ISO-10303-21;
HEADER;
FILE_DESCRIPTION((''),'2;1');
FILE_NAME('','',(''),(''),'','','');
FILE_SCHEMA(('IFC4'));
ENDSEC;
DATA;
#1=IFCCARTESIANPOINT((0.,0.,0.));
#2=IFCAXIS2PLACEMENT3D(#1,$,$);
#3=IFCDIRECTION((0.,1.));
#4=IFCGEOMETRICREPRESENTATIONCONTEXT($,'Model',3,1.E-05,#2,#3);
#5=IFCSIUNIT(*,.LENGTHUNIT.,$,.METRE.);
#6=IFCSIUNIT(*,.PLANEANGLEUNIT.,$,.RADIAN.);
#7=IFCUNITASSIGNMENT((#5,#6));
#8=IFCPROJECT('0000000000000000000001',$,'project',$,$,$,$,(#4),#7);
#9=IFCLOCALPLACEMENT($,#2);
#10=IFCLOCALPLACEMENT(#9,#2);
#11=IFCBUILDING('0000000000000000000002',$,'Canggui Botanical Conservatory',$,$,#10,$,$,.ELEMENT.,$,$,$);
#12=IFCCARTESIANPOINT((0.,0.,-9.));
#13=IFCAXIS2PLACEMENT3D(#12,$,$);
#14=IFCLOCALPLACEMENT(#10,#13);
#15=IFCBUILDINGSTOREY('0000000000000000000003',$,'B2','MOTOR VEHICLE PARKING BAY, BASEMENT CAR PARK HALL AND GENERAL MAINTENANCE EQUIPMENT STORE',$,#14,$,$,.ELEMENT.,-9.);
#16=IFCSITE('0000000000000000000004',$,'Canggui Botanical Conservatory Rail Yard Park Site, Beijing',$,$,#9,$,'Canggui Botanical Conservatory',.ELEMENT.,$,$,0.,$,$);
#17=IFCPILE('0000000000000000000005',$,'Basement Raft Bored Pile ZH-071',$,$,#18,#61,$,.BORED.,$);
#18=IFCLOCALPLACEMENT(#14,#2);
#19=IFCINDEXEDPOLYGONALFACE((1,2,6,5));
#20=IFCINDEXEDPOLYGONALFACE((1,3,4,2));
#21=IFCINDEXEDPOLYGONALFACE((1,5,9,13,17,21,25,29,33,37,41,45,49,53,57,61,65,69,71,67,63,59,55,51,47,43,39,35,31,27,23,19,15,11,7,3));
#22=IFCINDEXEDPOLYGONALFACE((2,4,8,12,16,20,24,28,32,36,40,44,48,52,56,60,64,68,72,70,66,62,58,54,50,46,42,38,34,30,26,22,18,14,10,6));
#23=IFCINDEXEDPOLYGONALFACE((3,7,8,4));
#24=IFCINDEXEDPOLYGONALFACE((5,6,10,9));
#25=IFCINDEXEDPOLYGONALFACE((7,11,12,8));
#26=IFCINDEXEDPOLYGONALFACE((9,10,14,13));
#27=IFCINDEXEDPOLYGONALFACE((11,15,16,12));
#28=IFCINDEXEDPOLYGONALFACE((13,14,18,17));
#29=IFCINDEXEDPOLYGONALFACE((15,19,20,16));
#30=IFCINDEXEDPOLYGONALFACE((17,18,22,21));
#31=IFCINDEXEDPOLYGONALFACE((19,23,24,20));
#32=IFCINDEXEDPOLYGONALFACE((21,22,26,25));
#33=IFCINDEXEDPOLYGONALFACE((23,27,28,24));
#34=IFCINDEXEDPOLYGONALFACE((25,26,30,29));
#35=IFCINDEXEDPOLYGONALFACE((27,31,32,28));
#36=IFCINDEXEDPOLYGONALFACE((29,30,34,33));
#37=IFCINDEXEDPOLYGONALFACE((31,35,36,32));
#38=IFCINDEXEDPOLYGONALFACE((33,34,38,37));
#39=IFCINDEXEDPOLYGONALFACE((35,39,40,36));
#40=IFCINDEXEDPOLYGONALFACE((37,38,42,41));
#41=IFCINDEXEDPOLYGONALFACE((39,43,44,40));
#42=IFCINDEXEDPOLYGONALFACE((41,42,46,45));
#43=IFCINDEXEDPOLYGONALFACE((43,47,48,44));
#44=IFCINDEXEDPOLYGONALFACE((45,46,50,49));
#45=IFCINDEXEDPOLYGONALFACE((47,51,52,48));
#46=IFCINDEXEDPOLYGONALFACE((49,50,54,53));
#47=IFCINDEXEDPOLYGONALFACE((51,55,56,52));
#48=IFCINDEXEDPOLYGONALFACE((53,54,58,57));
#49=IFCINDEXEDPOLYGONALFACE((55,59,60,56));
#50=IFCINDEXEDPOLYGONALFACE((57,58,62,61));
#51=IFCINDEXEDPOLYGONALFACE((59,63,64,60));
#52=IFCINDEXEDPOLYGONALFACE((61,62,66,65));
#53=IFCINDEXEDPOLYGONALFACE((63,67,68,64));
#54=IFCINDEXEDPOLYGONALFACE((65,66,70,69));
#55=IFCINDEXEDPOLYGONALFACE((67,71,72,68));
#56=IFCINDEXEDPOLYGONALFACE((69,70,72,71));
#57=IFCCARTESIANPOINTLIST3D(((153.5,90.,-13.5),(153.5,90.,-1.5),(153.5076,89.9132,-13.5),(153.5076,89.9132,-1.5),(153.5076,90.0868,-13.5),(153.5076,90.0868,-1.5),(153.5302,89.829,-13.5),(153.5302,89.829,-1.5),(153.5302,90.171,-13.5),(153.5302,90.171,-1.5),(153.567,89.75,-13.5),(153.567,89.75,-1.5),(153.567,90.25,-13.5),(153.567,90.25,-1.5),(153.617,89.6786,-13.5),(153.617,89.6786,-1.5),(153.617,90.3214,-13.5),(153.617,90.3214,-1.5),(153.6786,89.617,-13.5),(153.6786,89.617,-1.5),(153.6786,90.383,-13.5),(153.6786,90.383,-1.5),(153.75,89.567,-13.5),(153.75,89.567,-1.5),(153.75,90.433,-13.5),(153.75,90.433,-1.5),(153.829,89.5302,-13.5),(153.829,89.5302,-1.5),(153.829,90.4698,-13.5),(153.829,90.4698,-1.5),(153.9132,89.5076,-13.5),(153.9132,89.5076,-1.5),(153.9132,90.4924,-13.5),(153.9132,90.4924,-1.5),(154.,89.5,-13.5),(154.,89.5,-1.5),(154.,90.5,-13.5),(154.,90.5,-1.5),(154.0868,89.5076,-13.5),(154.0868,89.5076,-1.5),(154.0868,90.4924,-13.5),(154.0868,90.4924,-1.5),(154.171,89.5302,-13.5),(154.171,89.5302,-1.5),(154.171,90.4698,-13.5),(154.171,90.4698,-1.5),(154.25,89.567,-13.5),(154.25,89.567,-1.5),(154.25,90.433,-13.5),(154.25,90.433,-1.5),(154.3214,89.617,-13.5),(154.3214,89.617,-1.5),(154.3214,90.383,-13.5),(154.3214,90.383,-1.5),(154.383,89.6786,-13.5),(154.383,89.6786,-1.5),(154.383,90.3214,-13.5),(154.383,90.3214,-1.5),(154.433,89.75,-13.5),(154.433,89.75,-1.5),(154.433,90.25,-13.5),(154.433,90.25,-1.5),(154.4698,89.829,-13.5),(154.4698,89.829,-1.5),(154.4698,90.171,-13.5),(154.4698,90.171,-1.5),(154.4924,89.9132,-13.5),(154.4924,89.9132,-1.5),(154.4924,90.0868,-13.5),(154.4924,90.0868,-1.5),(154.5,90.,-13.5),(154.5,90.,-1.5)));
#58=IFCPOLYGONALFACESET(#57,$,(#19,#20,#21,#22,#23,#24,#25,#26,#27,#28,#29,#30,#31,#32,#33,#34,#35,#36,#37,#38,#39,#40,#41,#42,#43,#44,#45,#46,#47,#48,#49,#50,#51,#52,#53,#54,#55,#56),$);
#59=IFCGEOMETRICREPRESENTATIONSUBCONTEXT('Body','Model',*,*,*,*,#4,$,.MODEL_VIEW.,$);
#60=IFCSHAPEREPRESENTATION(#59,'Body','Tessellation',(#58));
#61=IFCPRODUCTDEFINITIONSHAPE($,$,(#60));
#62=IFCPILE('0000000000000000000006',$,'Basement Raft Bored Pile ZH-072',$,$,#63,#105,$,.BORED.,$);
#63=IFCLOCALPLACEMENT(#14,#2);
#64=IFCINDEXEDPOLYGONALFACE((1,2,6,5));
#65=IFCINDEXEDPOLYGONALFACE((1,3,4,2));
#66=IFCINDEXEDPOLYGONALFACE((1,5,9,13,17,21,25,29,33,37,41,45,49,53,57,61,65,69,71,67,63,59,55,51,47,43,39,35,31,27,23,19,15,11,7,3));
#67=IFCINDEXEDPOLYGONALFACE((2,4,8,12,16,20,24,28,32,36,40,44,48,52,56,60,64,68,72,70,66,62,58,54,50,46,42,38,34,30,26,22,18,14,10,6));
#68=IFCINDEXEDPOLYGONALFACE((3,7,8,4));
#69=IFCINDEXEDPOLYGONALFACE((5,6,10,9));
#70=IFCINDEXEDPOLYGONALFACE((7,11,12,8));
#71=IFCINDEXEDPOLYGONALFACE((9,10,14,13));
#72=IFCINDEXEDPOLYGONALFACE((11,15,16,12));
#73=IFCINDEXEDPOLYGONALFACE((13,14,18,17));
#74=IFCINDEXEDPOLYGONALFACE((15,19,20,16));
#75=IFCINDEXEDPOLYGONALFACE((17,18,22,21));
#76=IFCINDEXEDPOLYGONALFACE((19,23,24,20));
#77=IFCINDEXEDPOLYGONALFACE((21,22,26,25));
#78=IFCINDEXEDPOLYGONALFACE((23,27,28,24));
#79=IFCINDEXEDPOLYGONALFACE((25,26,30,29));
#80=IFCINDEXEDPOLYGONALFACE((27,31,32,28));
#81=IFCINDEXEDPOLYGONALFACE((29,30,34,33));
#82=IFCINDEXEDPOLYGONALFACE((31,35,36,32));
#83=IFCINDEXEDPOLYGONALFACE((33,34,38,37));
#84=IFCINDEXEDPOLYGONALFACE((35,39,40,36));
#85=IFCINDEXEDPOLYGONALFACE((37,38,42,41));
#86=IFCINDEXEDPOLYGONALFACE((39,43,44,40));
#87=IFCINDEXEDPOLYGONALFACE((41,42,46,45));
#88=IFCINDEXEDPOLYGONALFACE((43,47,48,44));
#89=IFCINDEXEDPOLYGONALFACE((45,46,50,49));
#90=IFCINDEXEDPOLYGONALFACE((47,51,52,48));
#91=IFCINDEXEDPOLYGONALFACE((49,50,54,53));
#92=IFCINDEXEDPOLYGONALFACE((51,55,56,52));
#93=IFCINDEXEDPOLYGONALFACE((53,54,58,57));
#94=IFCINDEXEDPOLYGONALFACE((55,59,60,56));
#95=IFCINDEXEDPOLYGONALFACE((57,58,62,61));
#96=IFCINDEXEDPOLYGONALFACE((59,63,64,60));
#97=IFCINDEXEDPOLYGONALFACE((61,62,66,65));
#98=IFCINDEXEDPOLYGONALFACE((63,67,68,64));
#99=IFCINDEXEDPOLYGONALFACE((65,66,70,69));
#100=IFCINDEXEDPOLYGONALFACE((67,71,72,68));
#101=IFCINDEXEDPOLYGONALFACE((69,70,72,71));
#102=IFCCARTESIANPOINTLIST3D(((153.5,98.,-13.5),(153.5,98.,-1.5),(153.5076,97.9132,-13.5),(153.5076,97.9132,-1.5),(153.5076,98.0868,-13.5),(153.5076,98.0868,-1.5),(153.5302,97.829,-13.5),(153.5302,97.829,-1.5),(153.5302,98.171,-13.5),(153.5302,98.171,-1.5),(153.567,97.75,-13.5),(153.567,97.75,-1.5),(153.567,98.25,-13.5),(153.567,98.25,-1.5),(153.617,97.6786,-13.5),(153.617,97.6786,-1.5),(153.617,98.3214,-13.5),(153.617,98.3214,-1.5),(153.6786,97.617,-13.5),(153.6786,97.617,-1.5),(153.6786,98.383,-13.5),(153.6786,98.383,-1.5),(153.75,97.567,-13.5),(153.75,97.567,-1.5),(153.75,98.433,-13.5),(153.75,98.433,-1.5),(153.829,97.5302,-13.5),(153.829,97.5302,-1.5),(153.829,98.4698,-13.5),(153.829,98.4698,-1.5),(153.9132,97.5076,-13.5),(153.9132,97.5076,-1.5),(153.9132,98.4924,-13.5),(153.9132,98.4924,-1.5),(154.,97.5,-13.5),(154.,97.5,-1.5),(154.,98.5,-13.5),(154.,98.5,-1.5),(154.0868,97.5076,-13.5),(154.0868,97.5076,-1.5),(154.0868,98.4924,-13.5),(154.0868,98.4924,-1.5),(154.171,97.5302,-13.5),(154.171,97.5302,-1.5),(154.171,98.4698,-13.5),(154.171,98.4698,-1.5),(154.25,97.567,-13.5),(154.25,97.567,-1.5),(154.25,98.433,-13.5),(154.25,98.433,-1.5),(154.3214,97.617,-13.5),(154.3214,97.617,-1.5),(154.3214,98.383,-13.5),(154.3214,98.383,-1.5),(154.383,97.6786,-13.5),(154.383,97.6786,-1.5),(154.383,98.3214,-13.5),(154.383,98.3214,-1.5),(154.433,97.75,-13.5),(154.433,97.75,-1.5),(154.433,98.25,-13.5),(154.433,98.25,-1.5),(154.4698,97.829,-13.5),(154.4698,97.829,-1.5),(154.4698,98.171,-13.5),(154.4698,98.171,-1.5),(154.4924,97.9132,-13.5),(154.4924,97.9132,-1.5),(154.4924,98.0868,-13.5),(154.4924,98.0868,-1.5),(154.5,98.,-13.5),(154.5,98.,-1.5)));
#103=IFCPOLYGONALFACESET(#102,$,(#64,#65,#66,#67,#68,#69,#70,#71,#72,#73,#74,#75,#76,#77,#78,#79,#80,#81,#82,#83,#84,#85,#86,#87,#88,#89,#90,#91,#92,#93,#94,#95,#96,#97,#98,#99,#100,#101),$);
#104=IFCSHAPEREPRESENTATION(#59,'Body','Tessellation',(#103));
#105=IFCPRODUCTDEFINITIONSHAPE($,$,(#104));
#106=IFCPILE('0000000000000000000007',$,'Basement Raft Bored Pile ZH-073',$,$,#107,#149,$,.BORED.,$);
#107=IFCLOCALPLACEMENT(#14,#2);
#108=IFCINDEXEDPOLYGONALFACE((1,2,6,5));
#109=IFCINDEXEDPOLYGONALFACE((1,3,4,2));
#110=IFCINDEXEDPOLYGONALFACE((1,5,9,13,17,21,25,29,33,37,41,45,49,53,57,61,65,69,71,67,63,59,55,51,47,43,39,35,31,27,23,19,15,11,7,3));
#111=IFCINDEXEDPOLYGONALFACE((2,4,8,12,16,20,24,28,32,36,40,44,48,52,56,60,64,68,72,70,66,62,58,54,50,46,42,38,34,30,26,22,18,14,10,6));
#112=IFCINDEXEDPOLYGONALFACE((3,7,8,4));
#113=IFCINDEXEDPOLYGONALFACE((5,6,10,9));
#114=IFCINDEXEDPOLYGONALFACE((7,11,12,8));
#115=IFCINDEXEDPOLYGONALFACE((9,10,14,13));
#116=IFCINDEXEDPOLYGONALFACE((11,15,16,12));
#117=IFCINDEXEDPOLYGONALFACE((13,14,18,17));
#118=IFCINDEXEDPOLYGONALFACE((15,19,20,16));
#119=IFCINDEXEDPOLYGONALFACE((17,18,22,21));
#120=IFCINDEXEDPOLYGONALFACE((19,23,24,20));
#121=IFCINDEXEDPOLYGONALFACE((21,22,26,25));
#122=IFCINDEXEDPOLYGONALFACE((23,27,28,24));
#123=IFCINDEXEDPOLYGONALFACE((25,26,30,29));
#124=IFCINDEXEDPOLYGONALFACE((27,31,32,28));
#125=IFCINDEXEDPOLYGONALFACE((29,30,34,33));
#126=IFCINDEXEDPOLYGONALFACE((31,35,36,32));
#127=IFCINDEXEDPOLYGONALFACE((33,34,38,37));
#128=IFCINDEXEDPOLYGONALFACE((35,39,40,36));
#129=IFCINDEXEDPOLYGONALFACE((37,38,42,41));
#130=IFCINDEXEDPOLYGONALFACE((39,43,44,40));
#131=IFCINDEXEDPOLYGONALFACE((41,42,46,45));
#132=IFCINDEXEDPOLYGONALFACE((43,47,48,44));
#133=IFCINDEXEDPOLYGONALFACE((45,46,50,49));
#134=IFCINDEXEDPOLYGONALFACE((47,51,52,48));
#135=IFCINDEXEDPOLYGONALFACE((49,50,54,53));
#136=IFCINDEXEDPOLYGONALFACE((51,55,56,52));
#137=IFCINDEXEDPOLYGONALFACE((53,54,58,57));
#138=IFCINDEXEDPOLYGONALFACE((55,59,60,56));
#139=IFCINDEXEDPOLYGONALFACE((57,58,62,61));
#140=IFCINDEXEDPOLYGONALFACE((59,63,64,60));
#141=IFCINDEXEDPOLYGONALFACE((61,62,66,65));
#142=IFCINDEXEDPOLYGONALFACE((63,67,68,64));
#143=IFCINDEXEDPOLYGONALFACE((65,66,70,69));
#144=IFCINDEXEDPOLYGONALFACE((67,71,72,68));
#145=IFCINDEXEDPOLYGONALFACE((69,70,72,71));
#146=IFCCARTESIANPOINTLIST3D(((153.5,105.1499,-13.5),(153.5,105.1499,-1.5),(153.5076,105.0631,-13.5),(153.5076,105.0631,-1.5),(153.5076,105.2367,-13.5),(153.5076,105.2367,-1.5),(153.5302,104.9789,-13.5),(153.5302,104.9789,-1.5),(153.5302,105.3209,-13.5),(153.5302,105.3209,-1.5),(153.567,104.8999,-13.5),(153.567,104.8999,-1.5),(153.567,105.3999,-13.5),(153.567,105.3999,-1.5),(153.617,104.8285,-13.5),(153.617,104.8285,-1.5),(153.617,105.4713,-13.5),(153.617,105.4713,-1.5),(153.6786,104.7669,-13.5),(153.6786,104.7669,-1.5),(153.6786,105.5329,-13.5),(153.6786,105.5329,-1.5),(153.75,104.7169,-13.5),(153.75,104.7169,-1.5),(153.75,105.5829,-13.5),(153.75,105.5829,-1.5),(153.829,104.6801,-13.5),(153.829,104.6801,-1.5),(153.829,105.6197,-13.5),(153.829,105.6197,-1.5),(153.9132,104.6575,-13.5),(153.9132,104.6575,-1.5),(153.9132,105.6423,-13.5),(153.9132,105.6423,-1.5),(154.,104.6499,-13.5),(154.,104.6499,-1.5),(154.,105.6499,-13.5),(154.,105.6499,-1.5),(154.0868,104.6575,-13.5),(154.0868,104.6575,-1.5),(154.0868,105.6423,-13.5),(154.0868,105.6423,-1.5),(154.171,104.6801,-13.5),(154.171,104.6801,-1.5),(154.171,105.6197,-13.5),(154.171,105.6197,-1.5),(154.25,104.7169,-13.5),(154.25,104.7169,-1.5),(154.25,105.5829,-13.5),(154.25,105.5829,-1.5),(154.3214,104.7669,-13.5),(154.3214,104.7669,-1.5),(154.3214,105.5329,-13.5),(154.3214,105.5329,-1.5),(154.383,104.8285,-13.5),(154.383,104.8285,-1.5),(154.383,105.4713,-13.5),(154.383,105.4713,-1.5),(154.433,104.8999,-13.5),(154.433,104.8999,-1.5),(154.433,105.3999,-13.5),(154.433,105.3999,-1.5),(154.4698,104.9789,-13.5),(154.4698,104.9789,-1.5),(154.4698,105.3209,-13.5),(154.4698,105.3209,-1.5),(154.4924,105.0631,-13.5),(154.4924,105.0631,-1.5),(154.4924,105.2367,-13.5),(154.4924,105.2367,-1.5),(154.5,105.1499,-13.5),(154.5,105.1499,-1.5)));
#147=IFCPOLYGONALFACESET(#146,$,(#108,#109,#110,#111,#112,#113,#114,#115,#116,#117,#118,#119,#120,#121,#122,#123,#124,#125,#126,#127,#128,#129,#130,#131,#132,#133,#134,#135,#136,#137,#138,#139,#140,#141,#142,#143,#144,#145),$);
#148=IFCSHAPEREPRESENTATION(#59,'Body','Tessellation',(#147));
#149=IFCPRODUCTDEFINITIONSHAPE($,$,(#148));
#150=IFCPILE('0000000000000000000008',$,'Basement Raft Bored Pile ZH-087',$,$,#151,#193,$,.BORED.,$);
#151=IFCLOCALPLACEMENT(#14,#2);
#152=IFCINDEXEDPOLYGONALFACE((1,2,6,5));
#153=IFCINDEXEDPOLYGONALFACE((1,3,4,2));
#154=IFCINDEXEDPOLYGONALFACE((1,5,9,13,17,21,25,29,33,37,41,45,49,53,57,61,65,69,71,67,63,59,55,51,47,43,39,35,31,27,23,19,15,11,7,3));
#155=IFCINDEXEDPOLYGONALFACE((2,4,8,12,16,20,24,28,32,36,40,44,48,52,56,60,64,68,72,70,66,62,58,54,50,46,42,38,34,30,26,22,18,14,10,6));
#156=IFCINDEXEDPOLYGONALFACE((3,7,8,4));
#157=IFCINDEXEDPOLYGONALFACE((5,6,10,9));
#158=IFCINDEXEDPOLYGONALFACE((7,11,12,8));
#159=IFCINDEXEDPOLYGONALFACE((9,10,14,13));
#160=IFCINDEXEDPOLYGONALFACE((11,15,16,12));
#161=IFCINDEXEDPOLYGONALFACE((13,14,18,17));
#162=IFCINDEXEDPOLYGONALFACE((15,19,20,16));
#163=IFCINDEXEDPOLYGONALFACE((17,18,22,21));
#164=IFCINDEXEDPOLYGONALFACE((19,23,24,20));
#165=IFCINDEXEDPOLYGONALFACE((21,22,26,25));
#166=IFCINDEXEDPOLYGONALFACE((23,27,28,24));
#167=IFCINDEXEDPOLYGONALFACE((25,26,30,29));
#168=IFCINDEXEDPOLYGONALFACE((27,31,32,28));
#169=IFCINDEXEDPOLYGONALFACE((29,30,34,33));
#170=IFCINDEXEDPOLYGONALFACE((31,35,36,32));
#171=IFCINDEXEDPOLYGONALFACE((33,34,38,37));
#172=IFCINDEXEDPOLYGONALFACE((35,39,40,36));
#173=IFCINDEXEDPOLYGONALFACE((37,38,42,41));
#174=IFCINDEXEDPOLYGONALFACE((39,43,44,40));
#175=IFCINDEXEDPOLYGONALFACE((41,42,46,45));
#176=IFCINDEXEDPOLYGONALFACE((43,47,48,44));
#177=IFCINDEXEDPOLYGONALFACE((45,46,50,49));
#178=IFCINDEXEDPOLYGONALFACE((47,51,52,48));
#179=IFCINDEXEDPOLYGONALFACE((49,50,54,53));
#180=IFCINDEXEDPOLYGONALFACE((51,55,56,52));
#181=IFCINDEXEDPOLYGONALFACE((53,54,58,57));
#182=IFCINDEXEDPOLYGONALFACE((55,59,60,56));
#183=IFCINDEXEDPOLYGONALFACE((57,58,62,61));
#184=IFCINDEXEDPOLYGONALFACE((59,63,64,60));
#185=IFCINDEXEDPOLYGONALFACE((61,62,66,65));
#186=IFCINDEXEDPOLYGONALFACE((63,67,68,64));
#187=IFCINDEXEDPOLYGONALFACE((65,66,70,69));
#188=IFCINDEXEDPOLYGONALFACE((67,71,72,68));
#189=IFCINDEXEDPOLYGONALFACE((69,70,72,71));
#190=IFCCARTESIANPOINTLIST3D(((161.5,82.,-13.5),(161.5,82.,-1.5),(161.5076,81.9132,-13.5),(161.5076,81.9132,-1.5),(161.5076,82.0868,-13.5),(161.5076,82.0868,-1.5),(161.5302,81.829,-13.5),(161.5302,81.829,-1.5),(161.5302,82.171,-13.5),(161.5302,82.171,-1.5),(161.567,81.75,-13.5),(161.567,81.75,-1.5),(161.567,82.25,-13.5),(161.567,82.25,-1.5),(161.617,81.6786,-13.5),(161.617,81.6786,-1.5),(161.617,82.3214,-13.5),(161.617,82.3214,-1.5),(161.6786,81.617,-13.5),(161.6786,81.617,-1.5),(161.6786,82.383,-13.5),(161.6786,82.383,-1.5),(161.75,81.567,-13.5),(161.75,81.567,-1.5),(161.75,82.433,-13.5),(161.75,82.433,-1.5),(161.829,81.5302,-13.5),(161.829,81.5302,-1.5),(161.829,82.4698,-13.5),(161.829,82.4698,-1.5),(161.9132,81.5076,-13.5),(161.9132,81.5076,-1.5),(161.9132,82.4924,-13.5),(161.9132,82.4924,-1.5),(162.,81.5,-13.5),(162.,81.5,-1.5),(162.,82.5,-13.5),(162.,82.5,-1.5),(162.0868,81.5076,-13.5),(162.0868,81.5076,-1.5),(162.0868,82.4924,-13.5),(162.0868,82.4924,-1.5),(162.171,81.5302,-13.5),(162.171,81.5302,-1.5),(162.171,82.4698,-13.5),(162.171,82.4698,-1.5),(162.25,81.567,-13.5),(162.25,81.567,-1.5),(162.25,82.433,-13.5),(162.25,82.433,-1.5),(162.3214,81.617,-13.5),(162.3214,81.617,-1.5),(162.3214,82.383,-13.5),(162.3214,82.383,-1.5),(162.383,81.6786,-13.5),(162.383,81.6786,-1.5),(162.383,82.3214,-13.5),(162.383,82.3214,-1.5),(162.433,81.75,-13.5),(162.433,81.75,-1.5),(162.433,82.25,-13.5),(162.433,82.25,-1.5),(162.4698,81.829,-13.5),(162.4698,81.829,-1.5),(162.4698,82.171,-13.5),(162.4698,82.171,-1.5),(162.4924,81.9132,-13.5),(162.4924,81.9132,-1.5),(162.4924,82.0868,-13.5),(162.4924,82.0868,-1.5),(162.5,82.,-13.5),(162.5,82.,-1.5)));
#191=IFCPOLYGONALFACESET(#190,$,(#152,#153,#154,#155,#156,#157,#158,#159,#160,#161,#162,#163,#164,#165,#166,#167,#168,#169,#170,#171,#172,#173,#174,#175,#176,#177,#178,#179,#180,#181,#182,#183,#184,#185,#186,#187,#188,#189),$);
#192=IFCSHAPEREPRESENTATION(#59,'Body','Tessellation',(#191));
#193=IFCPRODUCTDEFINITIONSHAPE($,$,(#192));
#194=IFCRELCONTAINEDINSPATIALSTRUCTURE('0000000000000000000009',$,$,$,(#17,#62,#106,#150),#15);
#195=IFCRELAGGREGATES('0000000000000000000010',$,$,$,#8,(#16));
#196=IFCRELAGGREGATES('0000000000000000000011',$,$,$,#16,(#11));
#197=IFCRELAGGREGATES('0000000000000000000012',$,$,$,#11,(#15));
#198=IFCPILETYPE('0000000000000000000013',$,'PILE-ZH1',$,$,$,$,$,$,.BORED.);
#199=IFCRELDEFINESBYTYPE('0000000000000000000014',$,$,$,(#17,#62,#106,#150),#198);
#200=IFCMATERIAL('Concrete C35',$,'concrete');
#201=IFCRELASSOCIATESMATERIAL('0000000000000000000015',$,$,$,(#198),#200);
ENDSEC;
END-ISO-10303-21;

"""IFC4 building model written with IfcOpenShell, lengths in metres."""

from ifc_helpers import new_model, si_unit, direction, frame, origin, origin_2d, place, context, subcontext, project, spatial, circle, extrude, material, material_profile, profile_set, type_object, element, save


model = new_model("IFC4")

# Units and contexts
model_context = context("Model", 3, precision=1e-05, world=origin(), true_north=direction((0.0, 1.0)))
body_context = subcontext(model_context, "Body", "Model", "MODEL_VIEW")
ifc_project = project(units=[si_unit("LENGTHUNIT", "METRE"), si_unit("PLANEANGLEUNIT", "RADIAN")], contexts=[model_context])

# Site, building, storey
site_placement = place(None, origin())
site = spatial("IfcSite", under=ifc_project, at=site_placement, Name="Canggui Botanical Conservatory Rail Yard Park Site, Beijing", LongName="Canggui Botanical Conservatory", CompositionType="ELEMENT", RefElevation=0.0)
building_placement = place(site_placement, origin())
building = spatial("IfcBuilding", under=site, at=building_placement, Name="Canggui Botanical Conservatory", CompositionType="ELEMENT")
storey_placement = place(building_placement, frame((0.0, 0.0, -9.0)))
storey = spatial("IfcBuildingStorey", under=building, at=storey_placement, Name="B2", Description="MOTOR VEHICLE PARKING BAY, BASEMENT CAR PARK HALL AND GENERAL MAINTENANCE EQUIPMENT STORE", CompositionType="ELEMENT", Elevation=-9.0)

# Piles
ifc_material_1 = material(Name="Concrete C35", Category="concrete")
ifc_material_profile_1 = material_profile(ifc_material_1, circle(Radius=0.5, at=origin_2d()), Name="PILE D1000")
ifc_profile_set_1 = profile_set([ifc_material_profile_1], Name="Concrete C35")
pile_type = type_object("IfcPileType", Name="PILE-ZH1", PredefinedType="BORED", material=ifc_profile_set_1)
for number, where, z_axis, x_axis, name in (
    (1, (154.0, 90.0, -1.5), (0.0, 0.0, -1.0), (1.0, 0.0, 0.0), "Basement Raft Bored Pile ZH-071"),
    (2, (154.0, 98.0, -1.5), (0.0, 0.0, -1.0), (1.0, 0.0, 0.0), "Basement Raft Bored Pile ZH-072"),
    (3, (154.0, 105.1499, -1.5), (0.0, 0.0, -1.0), (1.0, 0.0, 0.0), "Basement Raft Bored Pile ZH-073"),
    (4, (162.0, 82.0, -1.5), (0.0, 0.0, -1.0), (1.0, 0.0, 0.0), "Basement Raft Bored Pile ZH-087"),
):
    element("IfcPile", number, at=place(storey_placement, frame(where, z_axis=z_axis, x_axis=x_axis)), inside=storey, type_object=pile_type, Name=name, PredefinedType="BORED", context=body_context, shape_type="SweptSolid", body=[
        extrude(circle(Radius=0.5, at=origin_2d()), origin(), (0.0, 0.0, 1.0), 12.0),
    ])

save(model, "model.ifc")
